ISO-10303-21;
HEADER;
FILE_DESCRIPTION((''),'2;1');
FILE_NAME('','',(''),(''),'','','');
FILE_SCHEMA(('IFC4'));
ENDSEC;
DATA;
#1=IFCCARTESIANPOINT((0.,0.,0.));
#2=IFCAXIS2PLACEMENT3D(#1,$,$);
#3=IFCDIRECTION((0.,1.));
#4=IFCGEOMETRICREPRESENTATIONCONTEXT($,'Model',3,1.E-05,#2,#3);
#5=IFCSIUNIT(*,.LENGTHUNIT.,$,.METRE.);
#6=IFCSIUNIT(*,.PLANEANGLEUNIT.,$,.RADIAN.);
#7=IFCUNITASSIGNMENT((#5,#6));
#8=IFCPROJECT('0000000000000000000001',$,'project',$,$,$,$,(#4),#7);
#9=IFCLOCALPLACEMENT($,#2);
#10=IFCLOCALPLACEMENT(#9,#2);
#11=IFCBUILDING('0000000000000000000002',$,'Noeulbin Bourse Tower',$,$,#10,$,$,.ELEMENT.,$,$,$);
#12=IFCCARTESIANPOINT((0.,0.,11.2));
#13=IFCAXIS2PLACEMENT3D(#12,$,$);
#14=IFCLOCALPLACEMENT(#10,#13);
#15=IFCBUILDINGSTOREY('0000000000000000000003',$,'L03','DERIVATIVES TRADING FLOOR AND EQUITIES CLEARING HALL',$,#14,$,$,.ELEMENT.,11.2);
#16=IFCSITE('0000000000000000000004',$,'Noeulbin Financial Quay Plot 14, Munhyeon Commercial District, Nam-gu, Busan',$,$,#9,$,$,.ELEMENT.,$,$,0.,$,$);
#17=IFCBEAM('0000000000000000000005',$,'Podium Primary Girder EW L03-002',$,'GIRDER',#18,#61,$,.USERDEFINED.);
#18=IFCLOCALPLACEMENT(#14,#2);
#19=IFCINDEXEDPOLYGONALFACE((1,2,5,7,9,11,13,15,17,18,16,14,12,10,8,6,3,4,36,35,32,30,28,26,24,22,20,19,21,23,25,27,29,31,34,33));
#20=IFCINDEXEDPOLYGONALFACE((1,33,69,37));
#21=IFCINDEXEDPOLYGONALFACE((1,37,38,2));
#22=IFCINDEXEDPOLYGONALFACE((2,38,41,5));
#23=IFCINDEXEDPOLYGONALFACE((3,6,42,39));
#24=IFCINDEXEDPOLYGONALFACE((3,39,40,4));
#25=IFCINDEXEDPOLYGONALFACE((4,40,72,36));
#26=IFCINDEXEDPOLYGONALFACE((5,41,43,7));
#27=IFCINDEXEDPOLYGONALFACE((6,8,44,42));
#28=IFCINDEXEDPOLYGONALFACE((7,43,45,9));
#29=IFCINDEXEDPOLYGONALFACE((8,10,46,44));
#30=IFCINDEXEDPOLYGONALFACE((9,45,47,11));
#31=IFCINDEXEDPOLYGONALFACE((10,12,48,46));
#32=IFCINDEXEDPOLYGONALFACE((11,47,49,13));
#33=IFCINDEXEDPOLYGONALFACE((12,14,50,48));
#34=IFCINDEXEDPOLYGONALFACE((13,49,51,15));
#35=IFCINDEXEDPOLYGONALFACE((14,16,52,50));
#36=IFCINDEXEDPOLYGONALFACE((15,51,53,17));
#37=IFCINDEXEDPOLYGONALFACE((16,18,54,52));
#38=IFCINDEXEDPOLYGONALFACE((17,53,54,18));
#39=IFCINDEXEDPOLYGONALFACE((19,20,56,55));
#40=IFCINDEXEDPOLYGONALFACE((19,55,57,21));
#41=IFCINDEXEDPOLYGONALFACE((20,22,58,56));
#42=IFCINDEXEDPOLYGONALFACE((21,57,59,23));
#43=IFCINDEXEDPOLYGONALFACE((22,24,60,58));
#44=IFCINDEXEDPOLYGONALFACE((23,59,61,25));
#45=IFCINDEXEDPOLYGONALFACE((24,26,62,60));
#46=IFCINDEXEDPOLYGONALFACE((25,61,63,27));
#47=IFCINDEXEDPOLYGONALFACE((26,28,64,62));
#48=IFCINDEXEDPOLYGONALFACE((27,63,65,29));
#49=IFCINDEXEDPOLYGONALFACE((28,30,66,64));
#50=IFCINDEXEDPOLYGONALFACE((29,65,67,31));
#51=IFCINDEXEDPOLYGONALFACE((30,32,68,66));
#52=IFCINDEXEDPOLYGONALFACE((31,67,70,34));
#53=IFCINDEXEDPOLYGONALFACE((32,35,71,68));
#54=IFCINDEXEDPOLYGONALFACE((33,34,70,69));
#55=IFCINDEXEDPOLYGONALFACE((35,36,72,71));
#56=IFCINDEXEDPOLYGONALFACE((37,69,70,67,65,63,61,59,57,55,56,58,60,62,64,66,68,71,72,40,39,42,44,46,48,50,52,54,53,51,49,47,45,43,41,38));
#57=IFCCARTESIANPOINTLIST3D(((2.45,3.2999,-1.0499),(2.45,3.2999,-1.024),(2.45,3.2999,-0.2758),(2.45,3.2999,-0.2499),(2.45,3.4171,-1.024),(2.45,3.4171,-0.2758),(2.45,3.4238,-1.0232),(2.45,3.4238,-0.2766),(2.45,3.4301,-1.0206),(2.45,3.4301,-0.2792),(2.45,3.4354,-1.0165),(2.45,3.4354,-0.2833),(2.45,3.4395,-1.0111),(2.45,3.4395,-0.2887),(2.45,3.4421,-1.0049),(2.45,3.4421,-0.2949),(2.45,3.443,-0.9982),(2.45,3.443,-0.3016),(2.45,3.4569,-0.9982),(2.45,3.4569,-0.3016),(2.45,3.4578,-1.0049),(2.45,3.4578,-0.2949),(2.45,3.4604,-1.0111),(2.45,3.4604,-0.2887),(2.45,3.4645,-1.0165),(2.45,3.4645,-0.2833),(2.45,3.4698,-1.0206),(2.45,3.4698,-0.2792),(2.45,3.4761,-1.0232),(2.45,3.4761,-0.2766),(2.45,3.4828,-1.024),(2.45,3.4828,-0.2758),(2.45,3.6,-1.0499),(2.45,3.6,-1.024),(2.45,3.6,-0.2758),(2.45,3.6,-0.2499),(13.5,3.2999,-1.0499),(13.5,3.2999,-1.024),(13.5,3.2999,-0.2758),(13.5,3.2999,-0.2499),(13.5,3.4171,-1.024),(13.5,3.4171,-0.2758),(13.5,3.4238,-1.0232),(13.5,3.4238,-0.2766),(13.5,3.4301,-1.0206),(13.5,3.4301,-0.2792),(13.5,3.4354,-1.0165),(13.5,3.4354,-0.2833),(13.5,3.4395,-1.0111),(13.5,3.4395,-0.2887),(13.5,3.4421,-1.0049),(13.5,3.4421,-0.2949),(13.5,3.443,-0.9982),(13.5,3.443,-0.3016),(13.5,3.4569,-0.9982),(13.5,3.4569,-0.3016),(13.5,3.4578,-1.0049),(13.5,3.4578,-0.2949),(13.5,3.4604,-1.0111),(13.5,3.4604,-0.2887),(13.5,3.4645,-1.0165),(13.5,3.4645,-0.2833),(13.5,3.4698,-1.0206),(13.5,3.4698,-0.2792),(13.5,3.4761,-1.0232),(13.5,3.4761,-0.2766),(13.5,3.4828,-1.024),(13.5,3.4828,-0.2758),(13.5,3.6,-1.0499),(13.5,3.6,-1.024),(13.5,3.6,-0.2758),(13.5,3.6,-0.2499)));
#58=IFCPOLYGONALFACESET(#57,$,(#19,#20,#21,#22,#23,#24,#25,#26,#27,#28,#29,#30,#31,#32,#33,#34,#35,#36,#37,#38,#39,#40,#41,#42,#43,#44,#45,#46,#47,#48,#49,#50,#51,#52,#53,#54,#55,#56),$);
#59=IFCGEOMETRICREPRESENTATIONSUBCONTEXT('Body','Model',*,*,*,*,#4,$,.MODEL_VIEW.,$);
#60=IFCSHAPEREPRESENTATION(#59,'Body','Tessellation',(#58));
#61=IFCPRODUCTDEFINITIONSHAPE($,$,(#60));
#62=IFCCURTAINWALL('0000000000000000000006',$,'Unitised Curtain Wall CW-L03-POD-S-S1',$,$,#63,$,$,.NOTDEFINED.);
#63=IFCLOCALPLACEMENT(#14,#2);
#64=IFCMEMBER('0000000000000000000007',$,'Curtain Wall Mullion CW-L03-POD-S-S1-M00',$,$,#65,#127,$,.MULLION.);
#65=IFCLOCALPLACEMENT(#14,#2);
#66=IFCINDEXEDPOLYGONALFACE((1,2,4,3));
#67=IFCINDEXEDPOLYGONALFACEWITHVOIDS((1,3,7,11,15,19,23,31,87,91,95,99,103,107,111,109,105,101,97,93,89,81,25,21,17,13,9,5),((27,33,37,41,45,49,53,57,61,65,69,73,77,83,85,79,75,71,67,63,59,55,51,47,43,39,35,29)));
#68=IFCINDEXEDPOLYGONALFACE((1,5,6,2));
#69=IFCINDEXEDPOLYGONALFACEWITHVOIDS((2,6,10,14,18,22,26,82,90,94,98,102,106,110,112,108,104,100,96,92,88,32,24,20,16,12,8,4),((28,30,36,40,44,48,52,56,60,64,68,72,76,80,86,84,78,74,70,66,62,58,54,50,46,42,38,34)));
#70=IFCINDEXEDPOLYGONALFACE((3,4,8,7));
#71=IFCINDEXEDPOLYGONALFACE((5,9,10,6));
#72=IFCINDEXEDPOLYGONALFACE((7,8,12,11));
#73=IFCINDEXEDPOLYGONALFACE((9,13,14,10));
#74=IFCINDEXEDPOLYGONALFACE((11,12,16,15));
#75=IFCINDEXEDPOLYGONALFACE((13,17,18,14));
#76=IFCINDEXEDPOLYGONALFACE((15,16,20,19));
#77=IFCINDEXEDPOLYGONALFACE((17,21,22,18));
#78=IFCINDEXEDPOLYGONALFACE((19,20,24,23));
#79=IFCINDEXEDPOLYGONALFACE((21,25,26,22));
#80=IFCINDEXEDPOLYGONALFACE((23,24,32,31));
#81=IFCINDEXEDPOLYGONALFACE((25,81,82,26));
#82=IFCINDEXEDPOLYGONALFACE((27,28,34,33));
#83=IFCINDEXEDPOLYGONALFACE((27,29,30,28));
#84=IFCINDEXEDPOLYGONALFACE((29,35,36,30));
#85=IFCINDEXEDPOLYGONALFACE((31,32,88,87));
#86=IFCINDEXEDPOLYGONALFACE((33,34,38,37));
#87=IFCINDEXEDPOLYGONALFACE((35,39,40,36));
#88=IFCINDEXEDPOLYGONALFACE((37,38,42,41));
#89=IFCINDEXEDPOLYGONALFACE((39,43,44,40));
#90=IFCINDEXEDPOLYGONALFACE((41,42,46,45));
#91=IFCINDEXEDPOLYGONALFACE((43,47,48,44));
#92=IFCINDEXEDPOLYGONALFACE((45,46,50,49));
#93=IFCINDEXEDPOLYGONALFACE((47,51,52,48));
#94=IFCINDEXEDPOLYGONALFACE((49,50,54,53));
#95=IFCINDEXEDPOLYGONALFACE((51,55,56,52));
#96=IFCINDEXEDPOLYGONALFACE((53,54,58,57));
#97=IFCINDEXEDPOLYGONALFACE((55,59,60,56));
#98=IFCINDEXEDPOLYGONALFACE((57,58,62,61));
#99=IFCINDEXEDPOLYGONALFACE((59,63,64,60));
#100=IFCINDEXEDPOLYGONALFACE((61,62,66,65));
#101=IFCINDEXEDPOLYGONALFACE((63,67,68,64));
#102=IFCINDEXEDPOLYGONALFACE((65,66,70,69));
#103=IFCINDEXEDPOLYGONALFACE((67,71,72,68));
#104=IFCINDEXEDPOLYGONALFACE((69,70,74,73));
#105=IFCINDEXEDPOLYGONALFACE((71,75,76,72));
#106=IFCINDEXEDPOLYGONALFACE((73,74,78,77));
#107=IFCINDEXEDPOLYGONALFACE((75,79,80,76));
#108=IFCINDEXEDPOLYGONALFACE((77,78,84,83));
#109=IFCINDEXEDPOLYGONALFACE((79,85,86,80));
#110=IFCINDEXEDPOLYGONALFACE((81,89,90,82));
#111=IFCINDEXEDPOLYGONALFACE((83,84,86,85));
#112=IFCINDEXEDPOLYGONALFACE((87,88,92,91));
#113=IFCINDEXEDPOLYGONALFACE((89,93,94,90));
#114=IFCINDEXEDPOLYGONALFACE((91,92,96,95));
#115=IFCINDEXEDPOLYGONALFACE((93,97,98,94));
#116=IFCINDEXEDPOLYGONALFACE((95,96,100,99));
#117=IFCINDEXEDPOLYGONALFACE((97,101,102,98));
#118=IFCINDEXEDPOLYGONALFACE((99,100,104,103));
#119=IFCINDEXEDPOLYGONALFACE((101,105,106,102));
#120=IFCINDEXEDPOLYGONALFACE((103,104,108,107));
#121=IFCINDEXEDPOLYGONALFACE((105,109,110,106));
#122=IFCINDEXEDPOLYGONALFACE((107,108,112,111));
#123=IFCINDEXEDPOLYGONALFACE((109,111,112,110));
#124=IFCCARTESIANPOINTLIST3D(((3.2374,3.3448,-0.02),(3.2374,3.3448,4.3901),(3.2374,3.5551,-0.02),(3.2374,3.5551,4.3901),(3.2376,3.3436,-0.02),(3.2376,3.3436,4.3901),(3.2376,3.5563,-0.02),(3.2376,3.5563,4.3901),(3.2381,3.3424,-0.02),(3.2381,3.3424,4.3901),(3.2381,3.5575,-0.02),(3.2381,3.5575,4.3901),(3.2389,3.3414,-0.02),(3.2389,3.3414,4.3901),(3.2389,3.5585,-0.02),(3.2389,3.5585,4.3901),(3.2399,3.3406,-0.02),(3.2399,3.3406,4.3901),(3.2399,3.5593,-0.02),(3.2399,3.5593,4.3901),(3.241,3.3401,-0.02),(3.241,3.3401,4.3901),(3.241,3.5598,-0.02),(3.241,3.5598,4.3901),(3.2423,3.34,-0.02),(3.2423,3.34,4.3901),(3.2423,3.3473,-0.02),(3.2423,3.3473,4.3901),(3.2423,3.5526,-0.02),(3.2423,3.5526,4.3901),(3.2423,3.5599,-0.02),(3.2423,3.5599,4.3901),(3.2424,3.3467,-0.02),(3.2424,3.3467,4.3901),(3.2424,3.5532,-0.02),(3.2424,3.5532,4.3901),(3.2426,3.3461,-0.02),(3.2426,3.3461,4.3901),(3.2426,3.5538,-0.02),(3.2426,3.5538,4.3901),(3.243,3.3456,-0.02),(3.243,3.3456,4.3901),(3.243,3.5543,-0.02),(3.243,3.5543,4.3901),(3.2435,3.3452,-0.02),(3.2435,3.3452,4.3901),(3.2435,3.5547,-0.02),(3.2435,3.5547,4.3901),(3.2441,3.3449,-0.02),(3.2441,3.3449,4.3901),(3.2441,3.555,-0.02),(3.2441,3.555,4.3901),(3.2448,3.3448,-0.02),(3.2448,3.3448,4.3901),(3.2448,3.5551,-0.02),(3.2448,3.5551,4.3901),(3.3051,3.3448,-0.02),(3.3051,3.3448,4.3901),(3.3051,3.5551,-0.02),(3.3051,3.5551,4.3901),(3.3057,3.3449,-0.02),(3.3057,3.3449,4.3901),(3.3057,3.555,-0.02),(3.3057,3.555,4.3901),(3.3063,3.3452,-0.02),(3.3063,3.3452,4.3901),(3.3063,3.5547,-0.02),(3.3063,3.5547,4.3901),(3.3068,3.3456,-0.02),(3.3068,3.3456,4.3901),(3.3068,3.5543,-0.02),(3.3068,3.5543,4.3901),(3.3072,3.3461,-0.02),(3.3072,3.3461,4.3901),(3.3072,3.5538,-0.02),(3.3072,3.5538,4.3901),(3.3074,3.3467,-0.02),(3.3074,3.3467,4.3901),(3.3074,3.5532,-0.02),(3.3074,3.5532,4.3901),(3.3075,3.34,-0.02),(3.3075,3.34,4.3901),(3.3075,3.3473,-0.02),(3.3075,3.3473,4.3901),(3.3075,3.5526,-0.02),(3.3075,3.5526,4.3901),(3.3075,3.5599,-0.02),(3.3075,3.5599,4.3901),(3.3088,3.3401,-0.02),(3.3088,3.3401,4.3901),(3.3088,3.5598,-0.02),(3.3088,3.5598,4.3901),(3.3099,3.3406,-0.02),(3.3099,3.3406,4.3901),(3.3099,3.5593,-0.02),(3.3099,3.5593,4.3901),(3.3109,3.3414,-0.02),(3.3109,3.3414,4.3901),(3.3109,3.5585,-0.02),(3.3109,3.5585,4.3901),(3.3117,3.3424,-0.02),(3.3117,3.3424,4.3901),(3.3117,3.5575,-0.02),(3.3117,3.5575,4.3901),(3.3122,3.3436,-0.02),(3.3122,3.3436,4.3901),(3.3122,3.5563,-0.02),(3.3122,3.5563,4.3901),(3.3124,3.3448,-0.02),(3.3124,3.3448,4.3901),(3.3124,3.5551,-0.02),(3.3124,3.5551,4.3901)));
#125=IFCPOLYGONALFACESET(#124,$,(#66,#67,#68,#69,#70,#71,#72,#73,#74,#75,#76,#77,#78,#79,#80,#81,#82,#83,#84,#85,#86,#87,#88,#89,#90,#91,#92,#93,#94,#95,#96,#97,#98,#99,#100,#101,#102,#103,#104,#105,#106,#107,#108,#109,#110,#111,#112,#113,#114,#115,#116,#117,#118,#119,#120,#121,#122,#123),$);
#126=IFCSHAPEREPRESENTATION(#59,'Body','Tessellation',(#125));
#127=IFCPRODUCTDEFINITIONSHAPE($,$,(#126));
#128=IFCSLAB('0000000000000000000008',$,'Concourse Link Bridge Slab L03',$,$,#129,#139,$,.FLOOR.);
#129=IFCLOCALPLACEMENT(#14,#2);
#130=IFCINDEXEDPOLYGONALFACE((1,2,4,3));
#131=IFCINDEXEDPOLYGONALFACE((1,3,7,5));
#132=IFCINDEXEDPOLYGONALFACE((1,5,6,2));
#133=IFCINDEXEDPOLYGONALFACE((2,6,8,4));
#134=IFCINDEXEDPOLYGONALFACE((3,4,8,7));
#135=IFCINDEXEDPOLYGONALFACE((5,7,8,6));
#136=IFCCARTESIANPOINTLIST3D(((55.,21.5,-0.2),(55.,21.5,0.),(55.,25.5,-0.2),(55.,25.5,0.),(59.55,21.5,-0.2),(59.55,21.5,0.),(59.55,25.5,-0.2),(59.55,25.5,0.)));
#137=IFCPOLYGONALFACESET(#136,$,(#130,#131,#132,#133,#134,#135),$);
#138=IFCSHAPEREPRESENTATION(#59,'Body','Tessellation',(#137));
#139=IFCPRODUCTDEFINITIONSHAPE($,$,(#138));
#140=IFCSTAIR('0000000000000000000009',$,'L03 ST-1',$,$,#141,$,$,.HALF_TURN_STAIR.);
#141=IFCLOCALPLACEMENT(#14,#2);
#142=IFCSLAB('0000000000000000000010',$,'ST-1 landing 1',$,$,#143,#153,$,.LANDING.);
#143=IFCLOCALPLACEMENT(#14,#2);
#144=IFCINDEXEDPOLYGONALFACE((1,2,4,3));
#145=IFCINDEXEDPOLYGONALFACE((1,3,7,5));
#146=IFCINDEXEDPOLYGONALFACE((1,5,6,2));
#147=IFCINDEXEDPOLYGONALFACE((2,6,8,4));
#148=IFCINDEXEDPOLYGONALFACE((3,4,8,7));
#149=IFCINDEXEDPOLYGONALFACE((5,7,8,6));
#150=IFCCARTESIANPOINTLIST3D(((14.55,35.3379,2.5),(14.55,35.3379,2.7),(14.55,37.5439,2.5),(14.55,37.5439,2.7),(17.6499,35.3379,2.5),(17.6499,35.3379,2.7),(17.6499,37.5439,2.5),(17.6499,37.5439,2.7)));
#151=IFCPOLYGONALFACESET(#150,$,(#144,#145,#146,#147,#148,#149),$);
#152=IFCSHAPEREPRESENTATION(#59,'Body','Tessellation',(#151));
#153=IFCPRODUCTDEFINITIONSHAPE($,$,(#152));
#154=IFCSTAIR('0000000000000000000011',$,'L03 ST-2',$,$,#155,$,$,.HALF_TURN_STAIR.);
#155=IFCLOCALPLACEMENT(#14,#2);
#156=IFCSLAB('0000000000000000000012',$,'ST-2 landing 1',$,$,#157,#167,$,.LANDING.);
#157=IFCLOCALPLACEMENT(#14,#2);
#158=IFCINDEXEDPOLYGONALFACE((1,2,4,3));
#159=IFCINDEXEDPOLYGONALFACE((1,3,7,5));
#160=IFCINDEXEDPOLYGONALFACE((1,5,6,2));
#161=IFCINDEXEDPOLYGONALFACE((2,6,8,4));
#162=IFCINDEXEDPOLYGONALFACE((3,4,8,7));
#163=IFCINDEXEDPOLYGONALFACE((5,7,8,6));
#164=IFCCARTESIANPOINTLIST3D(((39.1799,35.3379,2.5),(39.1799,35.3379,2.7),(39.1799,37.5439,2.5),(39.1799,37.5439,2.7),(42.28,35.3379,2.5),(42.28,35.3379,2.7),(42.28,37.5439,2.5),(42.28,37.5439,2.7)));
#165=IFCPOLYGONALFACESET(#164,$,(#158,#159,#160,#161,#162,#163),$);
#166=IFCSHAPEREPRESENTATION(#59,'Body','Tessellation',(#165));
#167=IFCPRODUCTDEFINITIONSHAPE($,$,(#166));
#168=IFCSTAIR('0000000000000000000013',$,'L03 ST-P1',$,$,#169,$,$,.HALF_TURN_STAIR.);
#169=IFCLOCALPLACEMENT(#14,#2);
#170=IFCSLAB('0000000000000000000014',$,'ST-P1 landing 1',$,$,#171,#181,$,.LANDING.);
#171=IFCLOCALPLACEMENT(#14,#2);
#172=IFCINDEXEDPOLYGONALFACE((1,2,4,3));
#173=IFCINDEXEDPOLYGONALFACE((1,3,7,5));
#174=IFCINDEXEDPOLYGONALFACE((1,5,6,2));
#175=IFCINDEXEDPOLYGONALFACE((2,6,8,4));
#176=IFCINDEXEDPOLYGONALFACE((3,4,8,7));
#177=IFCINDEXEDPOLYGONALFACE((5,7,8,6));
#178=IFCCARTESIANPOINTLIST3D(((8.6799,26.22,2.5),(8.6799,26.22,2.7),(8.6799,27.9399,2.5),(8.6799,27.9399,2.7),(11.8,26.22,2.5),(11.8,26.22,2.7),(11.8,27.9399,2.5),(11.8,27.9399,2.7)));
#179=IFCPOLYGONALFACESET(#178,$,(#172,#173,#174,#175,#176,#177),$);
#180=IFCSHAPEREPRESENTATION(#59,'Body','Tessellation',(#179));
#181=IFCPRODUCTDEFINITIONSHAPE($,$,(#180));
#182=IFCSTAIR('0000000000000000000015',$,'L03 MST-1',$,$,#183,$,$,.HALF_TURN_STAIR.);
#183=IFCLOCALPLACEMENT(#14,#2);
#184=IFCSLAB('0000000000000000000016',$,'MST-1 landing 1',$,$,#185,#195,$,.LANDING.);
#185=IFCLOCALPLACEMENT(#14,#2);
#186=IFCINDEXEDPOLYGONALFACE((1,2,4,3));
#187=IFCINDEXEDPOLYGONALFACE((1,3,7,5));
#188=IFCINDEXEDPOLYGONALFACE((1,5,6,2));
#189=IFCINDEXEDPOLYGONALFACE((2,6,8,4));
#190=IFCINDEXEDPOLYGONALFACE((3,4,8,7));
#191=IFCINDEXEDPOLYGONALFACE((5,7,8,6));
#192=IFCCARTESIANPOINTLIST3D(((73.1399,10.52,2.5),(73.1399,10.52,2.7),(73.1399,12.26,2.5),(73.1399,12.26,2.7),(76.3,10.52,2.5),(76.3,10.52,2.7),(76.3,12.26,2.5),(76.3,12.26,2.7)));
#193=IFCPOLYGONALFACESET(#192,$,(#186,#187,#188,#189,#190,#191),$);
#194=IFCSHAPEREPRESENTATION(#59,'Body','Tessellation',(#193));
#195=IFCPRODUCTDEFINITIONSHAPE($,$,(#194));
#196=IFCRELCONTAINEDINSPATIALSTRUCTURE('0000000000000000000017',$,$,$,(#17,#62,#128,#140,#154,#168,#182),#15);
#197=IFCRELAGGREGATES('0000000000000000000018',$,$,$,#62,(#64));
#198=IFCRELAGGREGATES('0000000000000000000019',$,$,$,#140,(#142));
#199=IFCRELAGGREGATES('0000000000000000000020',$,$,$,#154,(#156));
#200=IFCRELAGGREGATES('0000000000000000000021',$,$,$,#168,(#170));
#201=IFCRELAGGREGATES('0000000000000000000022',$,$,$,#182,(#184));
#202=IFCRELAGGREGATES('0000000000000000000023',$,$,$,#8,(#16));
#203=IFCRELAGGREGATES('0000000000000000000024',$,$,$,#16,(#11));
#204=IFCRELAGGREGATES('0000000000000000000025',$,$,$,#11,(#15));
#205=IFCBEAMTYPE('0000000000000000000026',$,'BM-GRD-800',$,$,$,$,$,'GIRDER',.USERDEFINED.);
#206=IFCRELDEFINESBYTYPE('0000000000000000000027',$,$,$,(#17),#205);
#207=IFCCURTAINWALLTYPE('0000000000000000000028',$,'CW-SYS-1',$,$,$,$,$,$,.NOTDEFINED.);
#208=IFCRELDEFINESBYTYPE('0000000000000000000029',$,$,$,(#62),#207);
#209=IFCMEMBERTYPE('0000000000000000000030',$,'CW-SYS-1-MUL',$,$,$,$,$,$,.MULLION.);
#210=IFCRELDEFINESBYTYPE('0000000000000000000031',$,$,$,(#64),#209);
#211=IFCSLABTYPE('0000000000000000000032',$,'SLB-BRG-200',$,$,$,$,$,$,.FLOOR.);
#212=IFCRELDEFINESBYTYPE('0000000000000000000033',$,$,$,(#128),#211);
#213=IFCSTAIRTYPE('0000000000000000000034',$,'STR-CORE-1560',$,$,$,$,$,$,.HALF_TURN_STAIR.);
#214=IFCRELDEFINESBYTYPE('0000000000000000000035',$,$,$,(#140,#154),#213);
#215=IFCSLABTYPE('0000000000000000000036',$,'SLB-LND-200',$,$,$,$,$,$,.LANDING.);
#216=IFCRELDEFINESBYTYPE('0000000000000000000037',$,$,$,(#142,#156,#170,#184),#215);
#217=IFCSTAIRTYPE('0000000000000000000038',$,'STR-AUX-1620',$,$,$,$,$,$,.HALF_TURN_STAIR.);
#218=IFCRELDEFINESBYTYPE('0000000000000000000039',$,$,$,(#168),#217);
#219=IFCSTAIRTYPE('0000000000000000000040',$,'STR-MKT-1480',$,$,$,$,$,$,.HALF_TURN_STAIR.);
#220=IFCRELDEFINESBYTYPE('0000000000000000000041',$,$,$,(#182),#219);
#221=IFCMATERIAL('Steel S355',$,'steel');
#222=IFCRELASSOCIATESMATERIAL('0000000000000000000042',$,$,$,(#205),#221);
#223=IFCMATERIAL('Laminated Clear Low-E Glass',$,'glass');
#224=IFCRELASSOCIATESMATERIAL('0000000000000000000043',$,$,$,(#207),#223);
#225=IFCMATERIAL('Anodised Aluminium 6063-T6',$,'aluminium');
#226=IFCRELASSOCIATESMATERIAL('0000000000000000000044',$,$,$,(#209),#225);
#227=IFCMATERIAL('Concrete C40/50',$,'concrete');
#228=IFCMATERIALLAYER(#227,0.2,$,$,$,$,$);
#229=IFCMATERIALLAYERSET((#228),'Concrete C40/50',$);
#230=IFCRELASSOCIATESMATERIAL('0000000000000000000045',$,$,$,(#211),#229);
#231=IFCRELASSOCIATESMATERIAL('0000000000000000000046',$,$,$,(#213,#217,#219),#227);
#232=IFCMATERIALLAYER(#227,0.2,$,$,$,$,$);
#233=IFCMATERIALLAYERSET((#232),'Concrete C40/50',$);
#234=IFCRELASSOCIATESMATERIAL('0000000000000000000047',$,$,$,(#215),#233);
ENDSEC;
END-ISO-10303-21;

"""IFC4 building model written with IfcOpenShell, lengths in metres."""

from ifc_helpers import new_model, si_unit, direction, frame, origin, origin_2d, place, context, subcontext, project, spatial, polyline, hollow_rectangle, i_section, outline, extrude, material, layer, layer_set, material_profile, profile_set, type_object, element, aggregate, save


model = new_model("IFC4")

# Units and contexts
model_context = context("Model", 3, precision=1e-05, world=origin(), true_north=direction((0.0, 1.0)))
body_context = subcontext(model_context, "Body", "Model", "MODEL_VIEW")
ifc_project = project(units=[si_unit("LENGTHUNIT", "METRE"), si_unit("PLANEANGLEUNIT", "RADIAN")], contexts=[model_context])

# Site, building, storey
site_placement = place(None, origin())
site = spatial("IfcSite", under=ifc_project, at=site_placement, Name="Noeulbin Financial Quay Plot 14, Munhyeon Commercial District, Nam-gu, Busan", CompositionType="ELEMENT", RefElevation=0.0)
building_placement = place(site_placement, origin())
building = spatial("IfcBuilding", under=site, at=building_placement, Name="Noeulbin Bourse Tower", CompositionType="ELEMENT")
storey_placement = place(building_placement, frame((0.0, 0.0, 11.2)))
storey = spatial("IfcBuildingStorey", under=building, at=storey_placement, Name="L03", Description="DERIVATIVES TRADING FLOOR AND EQUITIES CLEARING HALL", CompositionType="ELEMENT", Elevation=11.2)

# Beam
ifc_material_1 = material(Name="Steel S355", Category="steel")
ifc_material_profile_1 = material_profile(ifc_material_1, i_section(OverallWidth=0.3, OverallDepth=0.8, WebThickness=0.0139, FlangeThickness=0.0259, FilletRadius=0.0259, at=origin_2d()), Name="H-800x300x14x26", Category="LoadBearing")
ifc_profile_set_1 = profile_set([ifc_material_profile_1], Name="Steel S355")
beam_type_1 = type_object("IfcBeamType", Name="BM-GRD-800", ElementType="GIRDER", PredefinedType="USERDEFINED", material=ifc_profile_set_1)
beam_1_placement = place(storey_placement, frame((2.45, 3.45, -0.6499), z_axis=(1.0, 0.0, 0.0), x_axis=(0.0, 1.0, 0.0)))
element("IfcBeam", 1, at=beam_1_placement, inside=storey, type_object=beam_type_1, Name="Podium Primary Girder EW L03-002", ObjectType="GIRDER", PredefinedType="USERDEFINED", context=body_context, shape_type="SweptSolid", body=[
    extrude(i_section(OverallWidth=0.3, OverallDepth=0.8, WebThickness=0.0139, FlangeThickness=0.0259, FilletRadius=0.0259, at=origin_2d()), origin(), (0.0, 0.0, 1.0), 11.05),
])

# Curtain wall, member
ifc_material_2 = material(Name="Laminated Clear Low-E Glass", Category="glass")
curtain_wall_type = type_object("IfcCurtainWallType", Name="CW-SYS-1", PredefinedType="NOTDEFINED", material=ifc_material_2)
curtain_wall_placement = place(storey_placement, origin())
curtain_wall = element("IfcCurtainWall", 2, at=curtain_wall_placement, inside=storey, type_object=curtain_wall_type, Name="Unitised Curtain Wall CW-L03-POD-S-S1", PredefinedType="NOTDEFINED")
ifc_material_3 = material(Name="Anodised Aluminium 6063-T6", Category="aluminium")
ifc_material_profile_2 = material_profile(ifc_material_3, hollow_rectangle(XDim=0.075, YDim=0.22, WallThickness=0.0049, InnerFilletRadius=0.0024, OuterFilletRadius=0.0049, at=origin_2d()), Name="ALU-MULL-75x220x5", Category="LoadBearing")
ifc_profile_set_2 = profile_set([ifc_material_profile_2], Name="Anodised Aluminium 6063-T6")
member_type = type_object("IfcMemberType", Name="CW-SYS-1-MUL", PredefinedType="MULLION", material=ifc_profile_set_2)
member_placement = place(storey_placement, frame((3.2749, 3.45, -0.02), z_axis=(0.0, 0.0, 1.0), x_axis=(1.0, 0.0, 0.0)))
member = element("IfcMember", 3, at=member_placement, type_object=member_type, Name="Curtain Wall Mullion CW-L03-POD-S-S1-M00", PredefinedType="MULLION", context=body_context, shape_type="SweptSolid", body=[
    extrude(hollow_rectangle(XDim=0.075, YDim=0.22, WallThickness=0.0049, InnerFilletRadius=0.0024, OuterFilletRadius=0.0049, at=origin_2d()), origin(), (0.0, 0.0, 1.0), 4.4102),
])
aggregate(curtain_wall, [member])

# Slab
ifc_material_4 = material(Name="Concrete C40/50", Category="concrete")
ifc_layer_1 = layer(ifc_material_4, 0.2)
ifc_layer_set_1 = layer_set([ifc_layer_1], Name="Concrete C40/50")
slab_type_1 = type_object("IfcSlabType", Name="SLB-BRG-200", PredefinedType="FLOOR", material=ifc_layer_set_1)
slab_1_placement = place(storey_placement, frame((0.0, 0.0, -0.2)))
element("IfcSlab", 4, at=slab_1_placement, inside=storey, type_object=slab_type_1, Name="Concourse Link Bridge Slab L03", PredefinedType="FLOOR", context=body_context, shape_type="SweptSolid", body=[
    extrude(outline(polyline([(55.0, 21.5), (59.55, 21.5), (59.55, 25.5), (55.0, 25.5), (55.0, 21.5)])), origin(), (0.0, 0.0, 1.0), 0.2),
])

# Stairs, slabs
stair_type_1 = type_object("IfcStairType", Name="STR-CORE-1560", PredefinedType="HALF_TURN_STAIR", material=ifc_material_4)
stair_1_placement = place(storey_placement, origin())
stair_1 = element("IfcStair", 5, at=stair_1_placement, inside=storey, type_object=stair_type_1, Name="L03 ST-1", PredefinedType="HALF_TURN_STAIR")
ifc_layer_2 = layer(ifc_material_4, 0.2)
ifc_layer_set_2 = layer_set([ifc_layer_2], Name="Concrete C40/50")
slab_type_2 = type_object("IfcSlabType", Name="SLB-LND-200", PredefinedType="LANDING", material=ifc_layer_set_2)
slab_2_placement = place(storey_placement, frame((0.0, 0.0, 2.5)))
slab_2 = element("IfcSlab", 6, at=slab_2_placement, type_object=slab_type_2, Name="ST-1 landing 1", PredefinedType="LANDING", context=body_context, shape_type="SweptSolid", body=[
    extrude(outline(polyline([(17.6499, 35.3379), (17.6499, 37.5439), (14.55, 37.5439), (14.55, 35.3379), (17.6499, 35.3379)])), origin(), (0.0, 0.0, 1.0), 0.2),
])
aggregate(stair_1, [slab_2])
stair_2_placement = place(storey_placement, origin())
stair_2 = element("IfcStair", 7, at=stair_2_placement, inside=storey, type_object=stair_type_1, Name="L03 ST-2", PredefinedType="HALF_TURN_STAIR")
slab_3_placement = place(storey_placement, frame((0.0, 0.0, 2.5)))
slab_3 = element("IfcSlab", 8, at=slab_3_placement, type_object=slab_type_2, Name="ST-2 landing 1", PredefinedType="LANDING", context=body_context, shape_type="SweptSolid", body=[
    extrude(outline(polyline([(42.28, 35.3379), (42.28, 37.5439), (39.1799, 37.5439), (39.1799, 35.3379), (42.28, 35.3379)])), origin(), (0.0, 0.0, 1.0), 0.2),
])
aggregate(stair_2, [slab_3])
stair_type_2 = type_object("IfcStairType", Name="STR-AUX-1620", PredefinedType="HALF_TURN_STAIR", material=ifc_material_4)
stair_3_placement = place(storey_placement, origin())
stair_3 = element("IfcStair", 9, at=stair_3_placement, inside=storey, type_object=stair_type_2, Name="L03 ST-P1", PredefinedType="HALF_TURN_STAIR")
slab_4_placement = place(storey_placement, frame((0.0, 0.0, 2.5)))
slab_4 = element("IfcSlab", 10, at=slab_4_placement, type_object=slab_type_2, Name="ST-P1 landing 1", PredefinedType="LANDING", context=body_context, shape_type="SweptSolid", body=[
    extrude(outline(polyline([(11.8, 26.22), (11.8, 27.9399), (8.6799, 27.9399), (8.6799, 26.22), (11.8, 26.22)])), origin(), (0.0, 0.0, 1.0), 0.2),
])
aggregate(stair_3, [slab_4])
stair_type_3 = type_object("IfcStairType", Name="STR-MKT-1480", PredefinedType="HALF_TURN_STAIR", material=ifc_material_4)
stair_4_placement = place(storey_placement, origin())
stair_4 = element("IfcStair", 11, at=stair_4_placement, inside=storey, type_object=stair_type_3, Name="L03 MST-1", PredefinedType="HALF_TURN_STAIR")
slab_5_placement = place(storey_placement, frame((0.0, 0.0, 2.5)))
slab_5 = element("IfcSlab", 12, at=slab_5_placement, type_object=slab_type_2, Name="MST-1 landing 1", PredefinedType="LANDING", context=body_context, shape_type="SweptSolid", body=[
    extrude(outline(polyline([(76.3, 10.52), (76.3, 12.26), (73.1399, 12.26), (73.1399, 10.52), (76.3, 10.52)])), origin(), (0.0, 0.0, 1.0), 0.2),
])
aggregate(stair_4, [slab_5])

save(model, "model.ifc")
